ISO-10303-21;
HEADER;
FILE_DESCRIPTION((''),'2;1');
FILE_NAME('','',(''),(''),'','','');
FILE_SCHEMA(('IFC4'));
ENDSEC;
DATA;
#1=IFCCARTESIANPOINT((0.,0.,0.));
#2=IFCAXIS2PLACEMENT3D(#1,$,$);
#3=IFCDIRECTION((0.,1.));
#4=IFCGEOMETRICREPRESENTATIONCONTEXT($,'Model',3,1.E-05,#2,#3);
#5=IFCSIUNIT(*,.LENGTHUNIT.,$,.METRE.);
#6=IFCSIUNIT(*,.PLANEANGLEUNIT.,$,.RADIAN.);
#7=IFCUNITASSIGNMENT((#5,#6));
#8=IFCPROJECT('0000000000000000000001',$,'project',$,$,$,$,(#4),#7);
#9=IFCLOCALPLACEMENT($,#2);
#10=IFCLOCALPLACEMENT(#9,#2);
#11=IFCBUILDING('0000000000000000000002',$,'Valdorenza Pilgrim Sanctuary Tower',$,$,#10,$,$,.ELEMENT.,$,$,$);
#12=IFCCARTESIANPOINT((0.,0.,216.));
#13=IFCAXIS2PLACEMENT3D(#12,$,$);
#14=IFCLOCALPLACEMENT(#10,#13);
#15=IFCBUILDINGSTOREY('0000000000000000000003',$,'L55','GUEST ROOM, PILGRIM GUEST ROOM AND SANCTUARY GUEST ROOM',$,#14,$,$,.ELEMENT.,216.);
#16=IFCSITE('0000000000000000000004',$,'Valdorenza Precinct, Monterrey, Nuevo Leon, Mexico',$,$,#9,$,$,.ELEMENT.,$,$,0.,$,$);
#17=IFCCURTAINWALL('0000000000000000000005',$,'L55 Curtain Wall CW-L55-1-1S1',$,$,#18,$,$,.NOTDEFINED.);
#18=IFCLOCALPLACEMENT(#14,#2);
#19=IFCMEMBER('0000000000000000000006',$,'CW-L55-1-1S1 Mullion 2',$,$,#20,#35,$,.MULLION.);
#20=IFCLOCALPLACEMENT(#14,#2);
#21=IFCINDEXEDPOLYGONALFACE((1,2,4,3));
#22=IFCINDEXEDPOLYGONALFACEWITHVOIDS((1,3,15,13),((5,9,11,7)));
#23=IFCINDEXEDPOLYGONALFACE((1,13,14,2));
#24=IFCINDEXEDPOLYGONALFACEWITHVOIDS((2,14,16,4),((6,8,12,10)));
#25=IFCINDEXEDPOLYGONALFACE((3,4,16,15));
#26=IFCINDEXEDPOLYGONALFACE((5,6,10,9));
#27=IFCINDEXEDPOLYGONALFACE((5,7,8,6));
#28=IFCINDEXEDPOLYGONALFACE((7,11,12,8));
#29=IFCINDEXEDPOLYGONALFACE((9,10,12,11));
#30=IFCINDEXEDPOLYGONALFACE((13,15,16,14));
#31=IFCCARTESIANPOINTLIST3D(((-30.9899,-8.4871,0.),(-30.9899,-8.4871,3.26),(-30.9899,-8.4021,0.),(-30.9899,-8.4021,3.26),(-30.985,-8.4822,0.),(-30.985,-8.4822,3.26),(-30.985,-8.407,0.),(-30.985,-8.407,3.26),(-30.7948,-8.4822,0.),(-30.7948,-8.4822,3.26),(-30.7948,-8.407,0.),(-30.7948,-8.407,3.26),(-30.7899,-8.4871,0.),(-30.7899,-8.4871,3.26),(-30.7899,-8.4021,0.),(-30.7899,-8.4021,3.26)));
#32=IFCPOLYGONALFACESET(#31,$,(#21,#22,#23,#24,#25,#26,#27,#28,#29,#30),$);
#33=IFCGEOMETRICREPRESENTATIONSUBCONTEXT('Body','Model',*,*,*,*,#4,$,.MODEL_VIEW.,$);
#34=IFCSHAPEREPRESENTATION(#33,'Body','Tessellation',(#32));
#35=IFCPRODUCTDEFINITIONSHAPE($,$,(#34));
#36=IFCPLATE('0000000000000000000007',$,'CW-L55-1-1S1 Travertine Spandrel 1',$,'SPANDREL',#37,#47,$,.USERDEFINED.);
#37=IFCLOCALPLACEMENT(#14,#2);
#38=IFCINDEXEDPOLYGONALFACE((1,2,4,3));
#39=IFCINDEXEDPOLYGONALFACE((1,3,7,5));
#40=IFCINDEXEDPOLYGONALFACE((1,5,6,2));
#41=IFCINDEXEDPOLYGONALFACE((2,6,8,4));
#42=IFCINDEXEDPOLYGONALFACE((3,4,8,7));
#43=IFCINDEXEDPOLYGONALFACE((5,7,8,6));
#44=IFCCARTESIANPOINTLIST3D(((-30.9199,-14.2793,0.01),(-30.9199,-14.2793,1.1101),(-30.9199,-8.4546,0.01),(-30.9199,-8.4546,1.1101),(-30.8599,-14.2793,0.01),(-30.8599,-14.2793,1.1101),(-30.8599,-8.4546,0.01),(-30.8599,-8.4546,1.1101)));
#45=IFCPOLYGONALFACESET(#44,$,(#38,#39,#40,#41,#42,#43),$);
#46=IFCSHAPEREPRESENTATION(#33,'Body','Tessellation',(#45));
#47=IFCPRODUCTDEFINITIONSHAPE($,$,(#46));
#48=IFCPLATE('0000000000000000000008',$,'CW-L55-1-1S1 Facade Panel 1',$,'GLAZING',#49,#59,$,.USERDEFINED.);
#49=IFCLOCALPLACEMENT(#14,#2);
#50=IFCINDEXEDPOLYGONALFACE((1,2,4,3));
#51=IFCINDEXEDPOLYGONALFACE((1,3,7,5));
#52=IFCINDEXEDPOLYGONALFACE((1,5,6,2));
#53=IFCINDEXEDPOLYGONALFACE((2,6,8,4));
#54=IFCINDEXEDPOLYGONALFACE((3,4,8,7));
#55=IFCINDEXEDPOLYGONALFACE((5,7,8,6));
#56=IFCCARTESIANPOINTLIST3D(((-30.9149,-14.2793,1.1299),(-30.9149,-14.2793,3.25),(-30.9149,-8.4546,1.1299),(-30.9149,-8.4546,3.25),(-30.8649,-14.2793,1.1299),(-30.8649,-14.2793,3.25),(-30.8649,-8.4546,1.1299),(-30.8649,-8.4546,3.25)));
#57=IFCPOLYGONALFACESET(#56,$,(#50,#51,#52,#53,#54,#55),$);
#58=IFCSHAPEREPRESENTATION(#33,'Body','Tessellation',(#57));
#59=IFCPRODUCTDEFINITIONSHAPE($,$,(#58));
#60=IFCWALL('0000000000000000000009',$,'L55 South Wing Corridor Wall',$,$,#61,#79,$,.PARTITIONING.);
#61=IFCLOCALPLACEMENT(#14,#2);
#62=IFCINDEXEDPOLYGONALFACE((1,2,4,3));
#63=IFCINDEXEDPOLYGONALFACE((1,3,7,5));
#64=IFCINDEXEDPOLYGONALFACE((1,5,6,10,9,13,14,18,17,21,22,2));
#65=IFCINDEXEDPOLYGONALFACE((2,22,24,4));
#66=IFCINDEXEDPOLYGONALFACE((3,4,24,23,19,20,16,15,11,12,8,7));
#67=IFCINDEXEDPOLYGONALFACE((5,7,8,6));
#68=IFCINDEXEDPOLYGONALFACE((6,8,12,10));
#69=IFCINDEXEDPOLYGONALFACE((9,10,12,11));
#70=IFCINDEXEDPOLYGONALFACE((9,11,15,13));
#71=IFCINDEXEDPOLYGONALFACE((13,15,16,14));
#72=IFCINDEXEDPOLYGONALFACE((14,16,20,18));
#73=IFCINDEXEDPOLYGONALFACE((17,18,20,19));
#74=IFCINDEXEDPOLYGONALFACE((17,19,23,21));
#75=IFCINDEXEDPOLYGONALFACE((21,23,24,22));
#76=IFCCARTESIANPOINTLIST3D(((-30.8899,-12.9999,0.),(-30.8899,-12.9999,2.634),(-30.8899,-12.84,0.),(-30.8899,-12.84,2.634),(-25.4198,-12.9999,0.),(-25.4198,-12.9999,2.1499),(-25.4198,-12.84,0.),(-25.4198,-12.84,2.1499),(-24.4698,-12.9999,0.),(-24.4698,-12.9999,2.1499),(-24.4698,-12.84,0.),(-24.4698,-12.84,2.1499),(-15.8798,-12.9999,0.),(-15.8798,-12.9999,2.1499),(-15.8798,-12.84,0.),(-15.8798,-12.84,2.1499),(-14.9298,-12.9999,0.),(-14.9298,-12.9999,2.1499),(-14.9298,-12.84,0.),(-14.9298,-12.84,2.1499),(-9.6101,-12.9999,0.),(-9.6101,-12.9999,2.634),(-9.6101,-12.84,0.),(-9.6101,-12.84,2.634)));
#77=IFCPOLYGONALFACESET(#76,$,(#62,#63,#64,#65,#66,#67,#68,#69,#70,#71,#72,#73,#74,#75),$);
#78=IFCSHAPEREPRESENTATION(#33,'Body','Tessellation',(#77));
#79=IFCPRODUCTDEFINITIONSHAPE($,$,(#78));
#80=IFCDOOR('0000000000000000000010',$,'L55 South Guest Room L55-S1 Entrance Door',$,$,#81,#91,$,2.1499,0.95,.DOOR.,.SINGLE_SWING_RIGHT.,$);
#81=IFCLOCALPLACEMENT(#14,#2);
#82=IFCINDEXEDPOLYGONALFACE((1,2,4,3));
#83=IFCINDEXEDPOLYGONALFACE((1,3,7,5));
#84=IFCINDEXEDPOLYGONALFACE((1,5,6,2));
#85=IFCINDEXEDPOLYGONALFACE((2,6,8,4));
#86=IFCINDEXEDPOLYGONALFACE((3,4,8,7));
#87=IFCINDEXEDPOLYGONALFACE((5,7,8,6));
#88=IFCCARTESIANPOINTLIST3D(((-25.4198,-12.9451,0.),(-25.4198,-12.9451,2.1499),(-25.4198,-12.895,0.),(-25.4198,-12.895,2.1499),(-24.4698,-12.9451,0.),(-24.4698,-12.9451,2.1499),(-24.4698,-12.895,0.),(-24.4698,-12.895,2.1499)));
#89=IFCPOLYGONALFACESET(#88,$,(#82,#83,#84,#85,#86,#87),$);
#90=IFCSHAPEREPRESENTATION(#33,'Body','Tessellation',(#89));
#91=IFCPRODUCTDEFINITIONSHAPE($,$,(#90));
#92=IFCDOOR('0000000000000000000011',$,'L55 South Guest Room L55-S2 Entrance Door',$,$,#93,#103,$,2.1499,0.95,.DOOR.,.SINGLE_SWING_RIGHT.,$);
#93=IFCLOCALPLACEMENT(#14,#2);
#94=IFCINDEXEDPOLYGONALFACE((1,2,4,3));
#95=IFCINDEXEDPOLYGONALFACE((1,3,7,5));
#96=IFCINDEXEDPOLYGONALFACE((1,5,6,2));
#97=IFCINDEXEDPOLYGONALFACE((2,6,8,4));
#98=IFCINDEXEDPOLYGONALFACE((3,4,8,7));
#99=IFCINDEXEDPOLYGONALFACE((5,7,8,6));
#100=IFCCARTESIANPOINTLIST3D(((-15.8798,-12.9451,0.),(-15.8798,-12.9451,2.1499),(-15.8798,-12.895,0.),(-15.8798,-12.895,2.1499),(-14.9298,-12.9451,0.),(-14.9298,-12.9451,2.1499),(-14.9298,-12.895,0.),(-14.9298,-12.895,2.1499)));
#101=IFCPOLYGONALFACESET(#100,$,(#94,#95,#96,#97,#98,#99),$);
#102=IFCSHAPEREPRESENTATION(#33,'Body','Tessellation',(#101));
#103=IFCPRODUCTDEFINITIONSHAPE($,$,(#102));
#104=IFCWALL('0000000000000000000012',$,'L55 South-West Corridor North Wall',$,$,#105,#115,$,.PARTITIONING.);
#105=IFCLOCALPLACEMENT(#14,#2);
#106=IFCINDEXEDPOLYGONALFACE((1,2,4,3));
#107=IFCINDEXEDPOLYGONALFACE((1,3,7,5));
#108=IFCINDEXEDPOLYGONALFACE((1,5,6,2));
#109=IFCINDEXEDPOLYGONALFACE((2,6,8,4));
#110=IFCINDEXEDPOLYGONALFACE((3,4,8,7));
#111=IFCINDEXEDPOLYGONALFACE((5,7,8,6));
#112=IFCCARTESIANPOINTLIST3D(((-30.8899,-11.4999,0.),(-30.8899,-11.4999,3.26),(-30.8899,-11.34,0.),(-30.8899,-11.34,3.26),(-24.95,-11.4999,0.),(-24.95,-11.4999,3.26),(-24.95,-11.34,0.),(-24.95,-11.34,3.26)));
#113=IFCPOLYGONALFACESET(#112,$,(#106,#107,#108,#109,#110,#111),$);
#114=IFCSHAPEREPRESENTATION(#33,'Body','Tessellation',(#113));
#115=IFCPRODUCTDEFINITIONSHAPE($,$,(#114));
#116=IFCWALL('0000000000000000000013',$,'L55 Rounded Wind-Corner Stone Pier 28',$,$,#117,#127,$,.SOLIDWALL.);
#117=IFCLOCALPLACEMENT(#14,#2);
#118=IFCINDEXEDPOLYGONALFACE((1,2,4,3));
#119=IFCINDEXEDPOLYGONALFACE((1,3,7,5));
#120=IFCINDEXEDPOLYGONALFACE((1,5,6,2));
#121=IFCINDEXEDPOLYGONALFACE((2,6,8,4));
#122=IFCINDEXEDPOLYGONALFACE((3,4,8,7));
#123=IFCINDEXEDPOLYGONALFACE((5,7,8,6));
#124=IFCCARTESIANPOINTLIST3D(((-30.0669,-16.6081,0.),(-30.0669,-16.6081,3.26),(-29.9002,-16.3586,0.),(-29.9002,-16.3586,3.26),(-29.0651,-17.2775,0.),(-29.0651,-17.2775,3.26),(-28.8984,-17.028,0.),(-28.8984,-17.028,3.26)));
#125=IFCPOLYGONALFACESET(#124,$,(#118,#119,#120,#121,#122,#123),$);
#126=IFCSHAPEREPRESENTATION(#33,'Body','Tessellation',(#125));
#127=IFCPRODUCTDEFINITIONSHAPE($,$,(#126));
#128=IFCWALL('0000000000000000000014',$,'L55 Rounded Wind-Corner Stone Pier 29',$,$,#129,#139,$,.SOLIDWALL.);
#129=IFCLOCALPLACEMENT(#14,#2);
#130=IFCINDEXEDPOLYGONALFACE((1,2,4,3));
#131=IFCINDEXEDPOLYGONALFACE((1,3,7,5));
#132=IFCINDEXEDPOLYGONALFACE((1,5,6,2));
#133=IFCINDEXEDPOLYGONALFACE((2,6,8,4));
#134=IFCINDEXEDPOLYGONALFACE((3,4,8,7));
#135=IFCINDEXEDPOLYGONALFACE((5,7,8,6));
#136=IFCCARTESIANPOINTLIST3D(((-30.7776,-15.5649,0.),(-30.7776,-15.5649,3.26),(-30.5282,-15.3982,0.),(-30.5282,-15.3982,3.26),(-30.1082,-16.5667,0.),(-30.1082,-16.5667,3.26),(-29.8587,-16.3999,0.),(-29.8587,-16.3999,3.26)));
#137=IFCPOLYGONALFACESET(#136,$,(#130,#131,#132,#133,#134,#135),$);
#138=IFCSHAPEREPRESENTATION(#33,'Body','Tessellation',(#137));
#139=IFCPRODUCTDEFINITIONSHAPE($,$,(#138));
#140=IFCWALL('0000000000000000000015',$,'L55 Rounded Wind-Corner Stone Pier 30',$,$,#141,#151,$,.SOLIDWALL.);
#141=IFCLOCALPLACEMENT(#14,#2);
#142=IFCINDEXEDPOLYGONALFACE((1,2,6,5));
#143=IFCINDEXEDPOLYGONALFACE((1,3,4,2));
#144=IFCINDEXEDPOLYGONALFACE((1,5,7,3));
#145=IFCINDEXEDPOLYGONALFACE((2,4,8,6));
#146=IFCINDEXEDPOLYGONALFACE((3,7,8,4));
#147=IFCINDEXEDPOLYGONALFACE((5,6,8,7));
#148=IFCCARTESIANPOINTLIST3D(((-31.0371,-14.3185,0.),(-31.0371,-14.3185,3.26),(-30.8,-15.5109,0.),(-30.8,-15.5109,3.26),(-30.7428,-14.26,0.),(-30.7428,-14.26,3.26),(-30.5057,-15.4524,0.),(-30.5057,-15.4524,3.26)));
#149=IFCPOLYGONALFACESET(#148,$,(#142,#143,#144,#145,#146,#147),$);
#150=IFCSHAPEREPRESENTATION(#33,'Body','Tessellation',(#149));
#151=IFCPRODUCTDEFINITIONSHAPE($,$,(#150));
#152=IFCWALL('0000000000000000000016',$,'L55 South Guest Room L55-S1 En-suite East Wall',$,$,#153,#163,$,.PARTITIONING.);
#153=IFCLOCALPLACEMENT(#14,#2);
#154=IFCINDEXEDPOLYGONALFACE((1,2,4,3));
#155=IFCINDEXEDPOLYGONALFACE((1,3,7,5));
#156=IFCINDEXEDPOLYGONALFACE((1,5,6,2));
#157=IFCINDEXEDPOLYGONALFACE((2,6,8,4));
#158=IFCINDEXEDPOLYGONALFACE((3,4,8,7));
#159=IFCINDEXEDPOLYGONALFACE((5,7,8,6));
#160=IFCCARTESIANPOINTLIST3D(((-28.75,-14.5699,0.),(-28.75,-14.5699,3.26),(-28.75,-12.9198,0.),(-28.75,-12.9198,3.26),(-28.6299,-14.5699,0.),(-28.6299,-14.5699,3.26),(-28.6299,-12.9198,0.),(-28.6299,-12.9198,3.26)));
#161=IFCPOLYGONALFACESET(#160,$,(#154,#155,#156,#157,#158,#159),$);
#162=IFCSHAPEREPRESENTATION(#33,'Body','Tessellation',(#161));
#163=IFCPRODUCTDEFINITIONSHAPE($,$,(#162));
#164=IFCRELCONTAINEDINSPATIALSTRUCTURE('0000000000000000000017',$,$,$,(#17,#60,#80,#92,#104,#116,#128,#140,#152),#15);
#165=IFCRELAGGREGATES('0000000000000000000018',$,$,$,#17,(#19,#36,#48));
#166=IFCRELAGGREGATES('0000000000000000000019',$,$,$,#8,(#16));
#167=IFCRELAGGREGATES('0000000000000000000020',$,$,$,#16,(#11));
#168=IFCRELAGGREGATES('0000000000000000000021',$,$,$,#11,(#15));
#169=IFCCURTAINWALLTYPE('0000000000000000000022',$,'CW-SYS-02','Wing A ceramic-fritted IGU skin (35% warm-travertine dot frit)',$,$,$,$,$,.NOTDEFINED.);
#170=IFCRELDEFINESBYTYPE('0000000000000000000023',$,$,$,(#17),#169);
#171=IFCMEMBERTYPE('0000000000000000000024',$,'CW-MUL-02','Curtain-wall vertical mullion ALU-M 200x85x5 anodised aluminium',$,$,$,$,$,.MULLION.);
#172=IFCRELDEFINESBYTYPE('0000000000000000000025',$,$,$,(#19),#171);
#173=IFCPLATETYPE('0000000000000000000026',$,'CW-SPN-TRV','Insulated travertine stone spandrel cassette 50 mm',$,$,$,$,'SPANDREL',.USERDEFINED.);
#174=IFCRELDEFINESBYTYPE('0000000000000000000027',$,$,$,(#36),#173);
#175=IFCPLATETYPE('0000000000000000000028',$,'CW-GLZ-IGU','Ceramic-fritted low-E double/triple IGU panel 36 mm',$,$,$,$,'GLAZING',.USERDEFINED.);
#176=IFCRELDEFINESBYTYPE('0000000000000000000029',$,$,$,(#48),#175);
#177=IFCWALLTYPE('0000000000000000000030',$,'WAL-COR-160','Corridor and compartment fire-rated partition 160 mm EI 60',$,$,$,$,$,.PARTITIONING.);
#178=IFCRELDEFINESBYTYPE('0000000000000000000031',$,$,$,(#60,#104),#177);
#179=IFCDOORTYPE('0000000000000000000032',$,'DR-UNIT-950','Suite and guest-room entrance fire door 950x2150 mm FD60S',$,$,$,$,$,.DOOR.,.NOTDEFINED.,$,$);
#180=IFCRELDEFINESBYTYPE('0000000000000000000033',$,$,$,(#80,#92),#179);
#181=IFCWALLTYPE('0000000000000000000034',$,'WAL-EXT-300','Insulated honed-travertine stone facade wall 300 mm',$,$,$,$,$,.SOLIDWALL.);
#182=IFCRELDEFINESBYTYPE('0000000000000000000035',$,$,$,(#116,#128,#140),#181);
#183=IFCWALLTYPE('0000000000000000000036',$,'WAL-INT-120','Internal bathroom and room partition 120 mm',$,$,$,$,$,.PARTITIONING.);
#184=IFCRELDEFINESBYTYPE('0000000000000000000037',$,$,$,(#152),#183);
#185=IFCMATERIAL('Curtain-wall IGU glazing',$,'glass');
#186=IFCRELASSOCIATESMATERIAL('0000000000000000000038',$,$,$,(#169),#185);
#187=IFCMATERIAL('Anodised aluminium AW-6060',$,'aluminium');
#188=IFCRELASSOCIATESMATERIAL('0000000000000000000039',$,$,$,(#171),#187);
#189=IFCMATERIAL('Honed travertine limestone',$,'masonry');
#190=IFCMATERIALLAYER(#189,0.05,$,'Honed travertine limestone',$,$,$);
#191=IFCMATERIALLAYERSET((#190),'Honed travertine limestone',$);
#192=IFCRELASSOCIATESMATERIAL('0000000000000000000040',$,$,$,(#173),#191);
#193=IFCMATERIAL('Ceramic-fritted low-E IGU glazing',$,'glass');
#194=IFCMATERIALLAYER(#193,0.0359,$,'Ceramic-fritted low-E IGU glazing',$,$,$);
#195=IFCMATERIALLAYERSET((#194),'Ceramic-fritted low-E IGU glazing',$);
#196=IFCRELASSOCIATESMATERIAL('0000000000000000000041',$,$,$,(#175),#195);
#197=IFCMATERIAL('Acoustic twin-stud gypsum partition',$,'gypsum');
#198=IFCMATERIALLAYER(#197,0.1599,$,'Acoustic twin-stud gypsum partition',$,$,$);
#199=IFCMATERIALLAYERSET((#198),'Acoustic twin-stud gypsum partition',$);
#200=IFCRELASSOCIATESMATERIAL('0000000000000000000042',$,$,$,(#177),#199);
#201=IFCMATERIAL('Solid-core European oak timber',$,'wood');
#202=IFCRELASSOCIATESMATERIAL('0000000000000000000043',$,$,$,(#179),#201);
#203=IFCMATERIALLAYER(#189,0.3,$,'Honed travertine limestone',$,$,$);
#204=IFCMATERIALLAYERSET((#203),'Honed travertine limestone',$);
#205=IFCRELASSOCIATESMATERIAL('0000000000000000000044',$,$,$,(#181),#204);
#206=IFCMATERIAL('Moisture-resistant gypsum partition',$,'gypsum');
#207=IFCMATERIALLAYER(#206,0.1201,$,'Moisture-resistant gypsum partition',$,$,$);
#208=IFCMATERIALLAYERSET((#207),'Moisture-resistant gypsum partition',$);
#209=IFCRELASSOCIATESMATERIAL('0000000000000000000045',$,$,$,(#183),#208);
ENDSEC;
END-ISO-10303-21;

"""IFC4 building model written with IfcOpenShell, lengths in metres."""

from ifc_helpers import new_model, si_unit, direction, frame, frame_2d, origin, origin_2d, place, context, subcontext, project, spatial, rectangle, hollow_rectangle, extrude, source, transform, mapped, material, layer, layer_set, material_profile, profile_set, type_object, element, fill, aggregate, save


model = new_model("IFC4")

# Units and contexts
model_context = context("Model", 3, precision=1e-05, world=origin(), true_north=direction((0.0, 1.0)))
body_context = subcontext(model_context, "Body", "Model", "MODEL_VIEW")
ifc_project = project(units=[si_unit("LENGTHUNIT", "METRE"), si_unit("PLANEANGLEUNIT", "RADIAN")], contexts=[model_context])

# Site, building, storey
site_placement = place(None, origin())
site = spatial("IfcSite", under=ifc_project, at=site_placement, Name="Valdorenza Precinct, Monterrey, Nuevo Leon, Mexico", CompositionType="ELEMENT", RefElevation=0.0)
building_placement = place(site_placement, origin())
building = spatial("IfcBuilding", under=site, at=building_placement, Name="Valdorenza Pilgrim Sanctuary Tower", CompositionType="ELEMENT")
storey_placement = place(building_placement, frame((0.0, 0.0, 216.0)))
storey = spatial("IfcBuildingStorey", under=building, at=storey_placement, Name="L55", Description="GUEST ROOM, PILGRIM GUEST ROOM AND SANCTUARY GUEST ROOM", CompositionType="ELEMENT", Elevation=216.0)

# Curtain wall, member, plates
ifc_material_1 = material(Name="Curtain-wall IGU glazing", Category="glass")
curtain_wall_type = type_object("IfcCurtainWallType", Name="CW-SYS-02", Description="Wing A ceramic-fritted IGU skin (35% warm-travertine dot frit)", PredefinedType="NOTDEFINED", material=ifc_material_1)
curtain_wall_placement = place(storey_placement, origin())
curtain_wall = element("IfcCurtainWall", 1, at=curtain_wall_placement, inside=storey, type_object=curtain_wall_type, Name="L55 Curtain Wall CW-L55-1-1S1", PredefinedType="NOTDEFINED")
ifc_material_2 = material(Name="Anodised aluminium AW-6060", Category="aluminium")
ifc_material_profile_1 = material_profile(ifc_material_2, hollow_rectangle(XDim=0.085, YDim=0.2, WallThickness=0.0049, at=origin_2d()), Name="ALU-M 200x85x5")
ifc_profile_set_1 = profile_set([ifc_material_profile_1], Name="Anodised aluminium AW-6060")
member_type_1 = type_object("IfcMemberType", Name="CW-MUL-02", Description="Curtain-wall vertical mullion ALU-M 200x85x5 anodised aluminium", PredefinedType="MULLION", material=ifc_profile_set_1)
shared_shape_1 = source(origin(), body_context, "Body", "SweptSolid", [
    extrude(hollow_rectangle(XDim=0.085, YDim=0.2, WallThickness=0.0049, at=origin_2d()), origin(), (0.0, 0.0, 1.0), 3.26),
])
member_1_placement = place(storey_placement, frame((-30.8899, -8.4446, 0.0), z_axis=(0.0, 0.0, 1.0), x_axis=(0.0, 1.0, 0.0)))
member_1 = element("IfcMember", 2, at=member_1_placement, type_object=member_type_1, Name="CW-L55-1-1S1 Mullion 2", PredefinedType="MULLION", context=body_context, shape_type="MappedRepresentation", body=[
    mapped(shared_shape_1, transform((0.0, 0.0, 0.0), x_axis=(1.0, 0.0, 0.0), y_axis=(0.0, 1.0, 0.0), z_axis=(0.0, 0.0, 1.0), scale=1.0)),
])
ifc_material_3 = material(Name="Honed travertine limestone", Category="masonry")
ifc_layer_1 = layer(ifc_material_3, 0.05, Name="Honed travertine limestone")
ifc_layer_set_1 = layer_set([ifc_layer_1], Name="Honed travertine limestone")
plate_type_1 = type_object("IfcPlateType", Name="CW-SPN-TRV", Description="Insulated travertine stone spandrel cassette 50 mm", ElementType="SPANDREL", PredefinedType="USERDEFINED", material=ifc_layer_set_1)
shared_shape_2 = source(origin(), body_context, "Body", "SweptSolid", [
    extrude(rectangle(XDim=5.8247, YDim=0.0601, at=origin_2d()), origin(), (0.0, 0.0, 1.0), 1.1001),
])
plate_1_placement = place(storey_placement, frame((-30.8899, -11.3669, 0.01), z_axis=(0.0, 0.0, 1.0), x_axis=(0.0, 1.0, 0.0)))
plate_1 = element("IfcPlate", 3, at=plate_1_placement, type_object=plate_type_1, Name="CW-L55-1-1S1 Travertine Spandrel 1", ObjectType="SPANDREL", PredefinedType="USERDEFINED", context=body_context, shape_type="MappedRepresentation", body=[
    mapped(shared_shape_2, transform((0.0, 0.0, 0.0), x_axis=(1.0, 0.0, 0.0), y_axis=(0.0, 1.0, 0.0), z_axis=(0.0, 0.0, 1.0), scale=1.0)),
])
ifc_material_4 = material(Name="Ceramic-fritted low-E IGU glazing", Category="glass")
ifc_layer_2 = layer(ifc_material_4, 0.0359, Name="Ceramic-fritted low-E IGU glazing")
ifc_layer_set_2 = layer_set([ifc_layer_2], Name="Ceramic-fritted low-E IGU glazing")
plate_type_2 = type_object("IfcPlateType", Name="CW-GLZ-IGU", Description="Ceramic-fritted low-E double/triple IGU panel 36 mm", ElementType="GLAZING", PredefinedType="USERDEFINED", material=ifc_layer_set_2)
shared_shape_3 = source(origin(), body_context, "Body", "SweptSolid", [
    extrude(rectangle(XDim=5.8247, YDim=0.05, at=origin_2d()), origin(), (0.0, 0.0, 1.0), 2.1201),
])
plate_2_placement = place(storey_placement, frame((-30.8899, -11.3669, 1.1299), z_axis=(0.0, 0.0, 1.0), x_axis=(0.0, 1.0, 0.0)))
plate_2 = element("IfcPlate", 4, at=plate_2_placement, type_object=plate_type_2, Name="CW-L55-1-1S1 Facade Panel 1", ObjectType="GLAZING", PredefinedType="USERDEFINED", context=body_context, shape_type="MappedRepresentation", body=[
    mapped(shared_shape_3, transform((0.0, 0.0, 0.0), x_axis=(1.0, 0.0, 0.0), y_axis=(0.0, 1.0, 0.0), z_axis=(0.0, 0.0, 1.0), scale=1.0)),
])
aggregate(curtain_wall, [member_1, plate_1, plate_2])

# Wall, openings, doors
ifc_material_5 = material(Name="Acoustic twin-stud gypsum partition", Category="gypsum")
ifc_layer_3 = layer(ifc_material_5, 0.1599, Name="Acoustic twin-stud gypsum partition")
ifc_layer_set_3 = layer_set([ifc_layer_3], Name="Acoustic twin-stud gypsum partition")
wall_type_1 = type_object("IfcWallType", Name="WAL-COR-160", Description="Corridor and compartment fire-rated partition 160 mm EI 60", PredefinedType="PARTITIONING", material=ifc_layer_set_3)
wall_1_placement = place(storey_placement, frame((-30.8899, -12.9199, 0.0), z_axis=(0.0, 0.0, 1.0), x_axis=(1.0, 0.0, 0.0)))
wall_1 = element("IfcWall", 5, at=wall_1_placement, inside=storey, type_object=wall_type_1, Name="L55 South Wing Corridor Wall", PredefinedType="PARTITIONING", context=body_context, shape_type="SweptSolid", body=[
    extrude(rectangle(XDim=21.2798, YDim=0.1599, at=frame_2d((10.6399, 0.0))), origin(), (0.0, 0.0, 1.0), 2.634),
])
opening_1_placement = place(wall_1_placement, frame((5.47, 0.0, 0.0)))
opening_1 = element("IfcOpeningElement", 6, at=opening_1_placement, cuts=wall_1, PredefinedType="OPENING", context=body_context, shape_type="SweptSolid", body=[
    extrude(rectangle(XDim=0.95, YDim=2.1499, at=frame_2d((0.4751, 1.075))), frame((0.0, 0.0947, 0.0), z_axis=(0.0, -1.0, 0.0), x_axis=(1.0, 0.0, 0.0)), (0.0, 0.0, 1.0), 0.1897),
])
opening_2_placement = place(wall_1_placement, frame((15.01, 0.0, 0.0)))
opening_2 = element("IfcOpeningElement", 7, at=opening_2_placement, cuts=wall_1, PredefinedType="OPENING", context=body_context, shape_type="SweptSolid", body=[
    extrude(rectangle(XDim=0.95, YDim=2.1499, at=frame_2d((0.4751, 1.075))), frame((0.0, 0.0947, 0.0), z_axis=(0.0, -1.0, 0.0), x_axis=(1.0, 0.0, 0.0)), (0.0, 0.0, 1.0), 0.1897),
])
ifc_material_6 = material(Name="Solid-core European oak timber", Category="wood")
door_type_1 = type_object("IfcDoorType", Name="DR-UNIT-950", Description="Suite and guest-room entrance fire door 950x2150 mm FD60S", OperationType="NOTDEFINED", PredefinedType="DOOR", material=ifc_material_6)
door_1_placement = place(opening_1_placement, origin())
door_1 = element("IfcDoor", 8, at=door_1_placement, inside=storey, type_object=door_type_1, Name="L55 South Guest Room L55-S1 Entrance Door", OperationType="SINGLE_SWING_RIGHT", OverallHeight=2.1499, OverallWidth=0.95, PredefinedType="DOOR", context=body_context, shape_type="SweptSolid", body=[
    extrude(rectangle(XDim=0.95, YDim=2.1499, at=frame_2d((0.4751, 1.075))), frame((0.0, 0.0249, 0.0), z_axis=(0.0, -1.0, 0.0), x_axis=(1.0, 0.0, 0.0)), (0.0, 0.0, 1.0), 0.05),
])
fill(opening_1, door_1)
door_2_placement = place(opening_2_placement, origin())
door_2 = element("IfcDoor", 9, at=door_2_placement, inside=storey, type_object=door_type_1, Name="L55 South Guest Room L55-S2 Entrance Door", OperationType="SINGLE_SWING_RIGHT", OverallHeight=2.1499, OverallWidth=0.95, PredefinedType="DOOR", context=body_context, shape_type="SweptSolid", body=[
    extrude(rectangle(XDim=0.95, YDim=2.1499, at=frame_2d((0.4751, 1.075))), frame((0.0, 0.0249, 0.0), z_axis=(0.0, -1.0, 0.0), x_axis=(1.0, 0.0, 0.0)), (0.0, 0.0, 1.0), 0.05),
])
fill(opening_2, door_2)

# Walls
wall_2_placement = place(storey_placement, frame((-30.8899, -11.4199, 0.0), z_axis=(0.0, 0.0, 1.0), x_axis=(1.0, 0.0, 0.0)))
element("IfcWall", 10, at=wall_2_placement, inside=storey, type_object=wall_type_1, Name="L55 South-West Corridor North Wall", PredefinedType="PARTITIONING", context=body_context, shape_type="SweptSolid", body=[
    extrude(rectangle(XDim=5.9399, YDim=0.1599, at=frame_2d((2.97, 0.0))), origin(), (0.0, 0.0, 1.0), 3.26),
])
ifc_layer_4 = layer(ifc_material_3, 0.3, Name="Honed travertine limestone")
ifc_layer_set_4 = layer_set([ifc_layer_4], Name="Honed travertine limestone")
wall_type_2 = type_object("IfcWallType", Name="WAL-EXT-300", Description="Insulated honed-travertine stone facade wall 300 mm", PredefinedType="SOLIDWALL", material=ifc_layer_set_4)
for number, where, z_axis, x_axis, name in (
    (11, (-28.9817, -17.1528, 0.0), (0.0, 0.0, 1.0), (-0.831426, 0.555635, 0.0), "L55 Rounded Wind-Corner Stone Pier 28"),
    (12, (-29.9834, -16.4834, 0.0), (0.0, 0.0, 1.0), (-0.555635, 0.831426, 0.0), "L55 Rounded Wind-Corner Stone Pier 29"),
):
    element("IfcWall", number, at=place(storey_placement, frame(where, z_axis=z_axis, x_axis=x_axis)), inside=storey, type_object=wall_type_2, Name=name, PredefinedType="SOLIDWALL", context=body_context, shape_type="SweptSolid", body=[
        extrude(rectangle(XDim=1.2048, YDim=0.3, at=frame_2d((0.6025, 0.0))), origin(), (0.0, 0.0, 1.0), 3.26),
    ])
wall_3_placement = place(storey_placement, frame((-30.6528, -15.4817, 0.0), z_axis=(0.0, 0.0, 1.0), x_axis=(-0.194996, 0.980804, 0.0)))
element("IfcWall", 13, at=wall_3_placement, inside=storey, type_object=wall_type_2, Name="L55 Rounded Wind-Corner Stone Pier 30", PredefinedType="SOLIDWALL", context=body_context, shape_type="SweptSolid", body=[
    extrude(rectangle(XDim=1.2158, YDim=0.3, at=frame_2d((0.6079, 0.0))), origin(), (0.0, 0.0, 1.0), 3.26),
])
ifc_material_7 = material(Name="Moisture-resistant gypsum partition", Category="gypsum")
ifc_layer_5 = layer(ifc_material_7, 0.1201, Name="Moisture-resistant gypsum partition")
ifc_layer_set_5 = layer_set([ifc_layer_5], Name="Moisture-resistant gypsum partition")
wall_type_3 = type_object("IfcWallType", Name="WAL-INT-120", Description="Internal bathroom and room partition 120 mm", PredefinedType="PARTITIONING", material=ifc_layer_set_5)
wall_4_placement = place(storey_placement, frame((-28.6899, -14.5701, 0.0), z_axis=(0.0, 0.0, 1.0), x_axis=(0.0, 1.0, 0.0)))
element("IfcWall", 14, at=wall_4_placement, inside=storey, type_object=wall_type_3, Name="L55 South Guest Room L55-S1 En-suite East Wall", PredefinedType="PARTITIONING", context=body_context, shape_type="SweptSolid", body=[
    extrude(rectangle(XDim=1.6501, YDim=0.1201, at=frame_2d((0.8252, 0.0))), origin(), (0.0, 0.0, 1.0), 3.26),
])

save(model, "model.ifc")
